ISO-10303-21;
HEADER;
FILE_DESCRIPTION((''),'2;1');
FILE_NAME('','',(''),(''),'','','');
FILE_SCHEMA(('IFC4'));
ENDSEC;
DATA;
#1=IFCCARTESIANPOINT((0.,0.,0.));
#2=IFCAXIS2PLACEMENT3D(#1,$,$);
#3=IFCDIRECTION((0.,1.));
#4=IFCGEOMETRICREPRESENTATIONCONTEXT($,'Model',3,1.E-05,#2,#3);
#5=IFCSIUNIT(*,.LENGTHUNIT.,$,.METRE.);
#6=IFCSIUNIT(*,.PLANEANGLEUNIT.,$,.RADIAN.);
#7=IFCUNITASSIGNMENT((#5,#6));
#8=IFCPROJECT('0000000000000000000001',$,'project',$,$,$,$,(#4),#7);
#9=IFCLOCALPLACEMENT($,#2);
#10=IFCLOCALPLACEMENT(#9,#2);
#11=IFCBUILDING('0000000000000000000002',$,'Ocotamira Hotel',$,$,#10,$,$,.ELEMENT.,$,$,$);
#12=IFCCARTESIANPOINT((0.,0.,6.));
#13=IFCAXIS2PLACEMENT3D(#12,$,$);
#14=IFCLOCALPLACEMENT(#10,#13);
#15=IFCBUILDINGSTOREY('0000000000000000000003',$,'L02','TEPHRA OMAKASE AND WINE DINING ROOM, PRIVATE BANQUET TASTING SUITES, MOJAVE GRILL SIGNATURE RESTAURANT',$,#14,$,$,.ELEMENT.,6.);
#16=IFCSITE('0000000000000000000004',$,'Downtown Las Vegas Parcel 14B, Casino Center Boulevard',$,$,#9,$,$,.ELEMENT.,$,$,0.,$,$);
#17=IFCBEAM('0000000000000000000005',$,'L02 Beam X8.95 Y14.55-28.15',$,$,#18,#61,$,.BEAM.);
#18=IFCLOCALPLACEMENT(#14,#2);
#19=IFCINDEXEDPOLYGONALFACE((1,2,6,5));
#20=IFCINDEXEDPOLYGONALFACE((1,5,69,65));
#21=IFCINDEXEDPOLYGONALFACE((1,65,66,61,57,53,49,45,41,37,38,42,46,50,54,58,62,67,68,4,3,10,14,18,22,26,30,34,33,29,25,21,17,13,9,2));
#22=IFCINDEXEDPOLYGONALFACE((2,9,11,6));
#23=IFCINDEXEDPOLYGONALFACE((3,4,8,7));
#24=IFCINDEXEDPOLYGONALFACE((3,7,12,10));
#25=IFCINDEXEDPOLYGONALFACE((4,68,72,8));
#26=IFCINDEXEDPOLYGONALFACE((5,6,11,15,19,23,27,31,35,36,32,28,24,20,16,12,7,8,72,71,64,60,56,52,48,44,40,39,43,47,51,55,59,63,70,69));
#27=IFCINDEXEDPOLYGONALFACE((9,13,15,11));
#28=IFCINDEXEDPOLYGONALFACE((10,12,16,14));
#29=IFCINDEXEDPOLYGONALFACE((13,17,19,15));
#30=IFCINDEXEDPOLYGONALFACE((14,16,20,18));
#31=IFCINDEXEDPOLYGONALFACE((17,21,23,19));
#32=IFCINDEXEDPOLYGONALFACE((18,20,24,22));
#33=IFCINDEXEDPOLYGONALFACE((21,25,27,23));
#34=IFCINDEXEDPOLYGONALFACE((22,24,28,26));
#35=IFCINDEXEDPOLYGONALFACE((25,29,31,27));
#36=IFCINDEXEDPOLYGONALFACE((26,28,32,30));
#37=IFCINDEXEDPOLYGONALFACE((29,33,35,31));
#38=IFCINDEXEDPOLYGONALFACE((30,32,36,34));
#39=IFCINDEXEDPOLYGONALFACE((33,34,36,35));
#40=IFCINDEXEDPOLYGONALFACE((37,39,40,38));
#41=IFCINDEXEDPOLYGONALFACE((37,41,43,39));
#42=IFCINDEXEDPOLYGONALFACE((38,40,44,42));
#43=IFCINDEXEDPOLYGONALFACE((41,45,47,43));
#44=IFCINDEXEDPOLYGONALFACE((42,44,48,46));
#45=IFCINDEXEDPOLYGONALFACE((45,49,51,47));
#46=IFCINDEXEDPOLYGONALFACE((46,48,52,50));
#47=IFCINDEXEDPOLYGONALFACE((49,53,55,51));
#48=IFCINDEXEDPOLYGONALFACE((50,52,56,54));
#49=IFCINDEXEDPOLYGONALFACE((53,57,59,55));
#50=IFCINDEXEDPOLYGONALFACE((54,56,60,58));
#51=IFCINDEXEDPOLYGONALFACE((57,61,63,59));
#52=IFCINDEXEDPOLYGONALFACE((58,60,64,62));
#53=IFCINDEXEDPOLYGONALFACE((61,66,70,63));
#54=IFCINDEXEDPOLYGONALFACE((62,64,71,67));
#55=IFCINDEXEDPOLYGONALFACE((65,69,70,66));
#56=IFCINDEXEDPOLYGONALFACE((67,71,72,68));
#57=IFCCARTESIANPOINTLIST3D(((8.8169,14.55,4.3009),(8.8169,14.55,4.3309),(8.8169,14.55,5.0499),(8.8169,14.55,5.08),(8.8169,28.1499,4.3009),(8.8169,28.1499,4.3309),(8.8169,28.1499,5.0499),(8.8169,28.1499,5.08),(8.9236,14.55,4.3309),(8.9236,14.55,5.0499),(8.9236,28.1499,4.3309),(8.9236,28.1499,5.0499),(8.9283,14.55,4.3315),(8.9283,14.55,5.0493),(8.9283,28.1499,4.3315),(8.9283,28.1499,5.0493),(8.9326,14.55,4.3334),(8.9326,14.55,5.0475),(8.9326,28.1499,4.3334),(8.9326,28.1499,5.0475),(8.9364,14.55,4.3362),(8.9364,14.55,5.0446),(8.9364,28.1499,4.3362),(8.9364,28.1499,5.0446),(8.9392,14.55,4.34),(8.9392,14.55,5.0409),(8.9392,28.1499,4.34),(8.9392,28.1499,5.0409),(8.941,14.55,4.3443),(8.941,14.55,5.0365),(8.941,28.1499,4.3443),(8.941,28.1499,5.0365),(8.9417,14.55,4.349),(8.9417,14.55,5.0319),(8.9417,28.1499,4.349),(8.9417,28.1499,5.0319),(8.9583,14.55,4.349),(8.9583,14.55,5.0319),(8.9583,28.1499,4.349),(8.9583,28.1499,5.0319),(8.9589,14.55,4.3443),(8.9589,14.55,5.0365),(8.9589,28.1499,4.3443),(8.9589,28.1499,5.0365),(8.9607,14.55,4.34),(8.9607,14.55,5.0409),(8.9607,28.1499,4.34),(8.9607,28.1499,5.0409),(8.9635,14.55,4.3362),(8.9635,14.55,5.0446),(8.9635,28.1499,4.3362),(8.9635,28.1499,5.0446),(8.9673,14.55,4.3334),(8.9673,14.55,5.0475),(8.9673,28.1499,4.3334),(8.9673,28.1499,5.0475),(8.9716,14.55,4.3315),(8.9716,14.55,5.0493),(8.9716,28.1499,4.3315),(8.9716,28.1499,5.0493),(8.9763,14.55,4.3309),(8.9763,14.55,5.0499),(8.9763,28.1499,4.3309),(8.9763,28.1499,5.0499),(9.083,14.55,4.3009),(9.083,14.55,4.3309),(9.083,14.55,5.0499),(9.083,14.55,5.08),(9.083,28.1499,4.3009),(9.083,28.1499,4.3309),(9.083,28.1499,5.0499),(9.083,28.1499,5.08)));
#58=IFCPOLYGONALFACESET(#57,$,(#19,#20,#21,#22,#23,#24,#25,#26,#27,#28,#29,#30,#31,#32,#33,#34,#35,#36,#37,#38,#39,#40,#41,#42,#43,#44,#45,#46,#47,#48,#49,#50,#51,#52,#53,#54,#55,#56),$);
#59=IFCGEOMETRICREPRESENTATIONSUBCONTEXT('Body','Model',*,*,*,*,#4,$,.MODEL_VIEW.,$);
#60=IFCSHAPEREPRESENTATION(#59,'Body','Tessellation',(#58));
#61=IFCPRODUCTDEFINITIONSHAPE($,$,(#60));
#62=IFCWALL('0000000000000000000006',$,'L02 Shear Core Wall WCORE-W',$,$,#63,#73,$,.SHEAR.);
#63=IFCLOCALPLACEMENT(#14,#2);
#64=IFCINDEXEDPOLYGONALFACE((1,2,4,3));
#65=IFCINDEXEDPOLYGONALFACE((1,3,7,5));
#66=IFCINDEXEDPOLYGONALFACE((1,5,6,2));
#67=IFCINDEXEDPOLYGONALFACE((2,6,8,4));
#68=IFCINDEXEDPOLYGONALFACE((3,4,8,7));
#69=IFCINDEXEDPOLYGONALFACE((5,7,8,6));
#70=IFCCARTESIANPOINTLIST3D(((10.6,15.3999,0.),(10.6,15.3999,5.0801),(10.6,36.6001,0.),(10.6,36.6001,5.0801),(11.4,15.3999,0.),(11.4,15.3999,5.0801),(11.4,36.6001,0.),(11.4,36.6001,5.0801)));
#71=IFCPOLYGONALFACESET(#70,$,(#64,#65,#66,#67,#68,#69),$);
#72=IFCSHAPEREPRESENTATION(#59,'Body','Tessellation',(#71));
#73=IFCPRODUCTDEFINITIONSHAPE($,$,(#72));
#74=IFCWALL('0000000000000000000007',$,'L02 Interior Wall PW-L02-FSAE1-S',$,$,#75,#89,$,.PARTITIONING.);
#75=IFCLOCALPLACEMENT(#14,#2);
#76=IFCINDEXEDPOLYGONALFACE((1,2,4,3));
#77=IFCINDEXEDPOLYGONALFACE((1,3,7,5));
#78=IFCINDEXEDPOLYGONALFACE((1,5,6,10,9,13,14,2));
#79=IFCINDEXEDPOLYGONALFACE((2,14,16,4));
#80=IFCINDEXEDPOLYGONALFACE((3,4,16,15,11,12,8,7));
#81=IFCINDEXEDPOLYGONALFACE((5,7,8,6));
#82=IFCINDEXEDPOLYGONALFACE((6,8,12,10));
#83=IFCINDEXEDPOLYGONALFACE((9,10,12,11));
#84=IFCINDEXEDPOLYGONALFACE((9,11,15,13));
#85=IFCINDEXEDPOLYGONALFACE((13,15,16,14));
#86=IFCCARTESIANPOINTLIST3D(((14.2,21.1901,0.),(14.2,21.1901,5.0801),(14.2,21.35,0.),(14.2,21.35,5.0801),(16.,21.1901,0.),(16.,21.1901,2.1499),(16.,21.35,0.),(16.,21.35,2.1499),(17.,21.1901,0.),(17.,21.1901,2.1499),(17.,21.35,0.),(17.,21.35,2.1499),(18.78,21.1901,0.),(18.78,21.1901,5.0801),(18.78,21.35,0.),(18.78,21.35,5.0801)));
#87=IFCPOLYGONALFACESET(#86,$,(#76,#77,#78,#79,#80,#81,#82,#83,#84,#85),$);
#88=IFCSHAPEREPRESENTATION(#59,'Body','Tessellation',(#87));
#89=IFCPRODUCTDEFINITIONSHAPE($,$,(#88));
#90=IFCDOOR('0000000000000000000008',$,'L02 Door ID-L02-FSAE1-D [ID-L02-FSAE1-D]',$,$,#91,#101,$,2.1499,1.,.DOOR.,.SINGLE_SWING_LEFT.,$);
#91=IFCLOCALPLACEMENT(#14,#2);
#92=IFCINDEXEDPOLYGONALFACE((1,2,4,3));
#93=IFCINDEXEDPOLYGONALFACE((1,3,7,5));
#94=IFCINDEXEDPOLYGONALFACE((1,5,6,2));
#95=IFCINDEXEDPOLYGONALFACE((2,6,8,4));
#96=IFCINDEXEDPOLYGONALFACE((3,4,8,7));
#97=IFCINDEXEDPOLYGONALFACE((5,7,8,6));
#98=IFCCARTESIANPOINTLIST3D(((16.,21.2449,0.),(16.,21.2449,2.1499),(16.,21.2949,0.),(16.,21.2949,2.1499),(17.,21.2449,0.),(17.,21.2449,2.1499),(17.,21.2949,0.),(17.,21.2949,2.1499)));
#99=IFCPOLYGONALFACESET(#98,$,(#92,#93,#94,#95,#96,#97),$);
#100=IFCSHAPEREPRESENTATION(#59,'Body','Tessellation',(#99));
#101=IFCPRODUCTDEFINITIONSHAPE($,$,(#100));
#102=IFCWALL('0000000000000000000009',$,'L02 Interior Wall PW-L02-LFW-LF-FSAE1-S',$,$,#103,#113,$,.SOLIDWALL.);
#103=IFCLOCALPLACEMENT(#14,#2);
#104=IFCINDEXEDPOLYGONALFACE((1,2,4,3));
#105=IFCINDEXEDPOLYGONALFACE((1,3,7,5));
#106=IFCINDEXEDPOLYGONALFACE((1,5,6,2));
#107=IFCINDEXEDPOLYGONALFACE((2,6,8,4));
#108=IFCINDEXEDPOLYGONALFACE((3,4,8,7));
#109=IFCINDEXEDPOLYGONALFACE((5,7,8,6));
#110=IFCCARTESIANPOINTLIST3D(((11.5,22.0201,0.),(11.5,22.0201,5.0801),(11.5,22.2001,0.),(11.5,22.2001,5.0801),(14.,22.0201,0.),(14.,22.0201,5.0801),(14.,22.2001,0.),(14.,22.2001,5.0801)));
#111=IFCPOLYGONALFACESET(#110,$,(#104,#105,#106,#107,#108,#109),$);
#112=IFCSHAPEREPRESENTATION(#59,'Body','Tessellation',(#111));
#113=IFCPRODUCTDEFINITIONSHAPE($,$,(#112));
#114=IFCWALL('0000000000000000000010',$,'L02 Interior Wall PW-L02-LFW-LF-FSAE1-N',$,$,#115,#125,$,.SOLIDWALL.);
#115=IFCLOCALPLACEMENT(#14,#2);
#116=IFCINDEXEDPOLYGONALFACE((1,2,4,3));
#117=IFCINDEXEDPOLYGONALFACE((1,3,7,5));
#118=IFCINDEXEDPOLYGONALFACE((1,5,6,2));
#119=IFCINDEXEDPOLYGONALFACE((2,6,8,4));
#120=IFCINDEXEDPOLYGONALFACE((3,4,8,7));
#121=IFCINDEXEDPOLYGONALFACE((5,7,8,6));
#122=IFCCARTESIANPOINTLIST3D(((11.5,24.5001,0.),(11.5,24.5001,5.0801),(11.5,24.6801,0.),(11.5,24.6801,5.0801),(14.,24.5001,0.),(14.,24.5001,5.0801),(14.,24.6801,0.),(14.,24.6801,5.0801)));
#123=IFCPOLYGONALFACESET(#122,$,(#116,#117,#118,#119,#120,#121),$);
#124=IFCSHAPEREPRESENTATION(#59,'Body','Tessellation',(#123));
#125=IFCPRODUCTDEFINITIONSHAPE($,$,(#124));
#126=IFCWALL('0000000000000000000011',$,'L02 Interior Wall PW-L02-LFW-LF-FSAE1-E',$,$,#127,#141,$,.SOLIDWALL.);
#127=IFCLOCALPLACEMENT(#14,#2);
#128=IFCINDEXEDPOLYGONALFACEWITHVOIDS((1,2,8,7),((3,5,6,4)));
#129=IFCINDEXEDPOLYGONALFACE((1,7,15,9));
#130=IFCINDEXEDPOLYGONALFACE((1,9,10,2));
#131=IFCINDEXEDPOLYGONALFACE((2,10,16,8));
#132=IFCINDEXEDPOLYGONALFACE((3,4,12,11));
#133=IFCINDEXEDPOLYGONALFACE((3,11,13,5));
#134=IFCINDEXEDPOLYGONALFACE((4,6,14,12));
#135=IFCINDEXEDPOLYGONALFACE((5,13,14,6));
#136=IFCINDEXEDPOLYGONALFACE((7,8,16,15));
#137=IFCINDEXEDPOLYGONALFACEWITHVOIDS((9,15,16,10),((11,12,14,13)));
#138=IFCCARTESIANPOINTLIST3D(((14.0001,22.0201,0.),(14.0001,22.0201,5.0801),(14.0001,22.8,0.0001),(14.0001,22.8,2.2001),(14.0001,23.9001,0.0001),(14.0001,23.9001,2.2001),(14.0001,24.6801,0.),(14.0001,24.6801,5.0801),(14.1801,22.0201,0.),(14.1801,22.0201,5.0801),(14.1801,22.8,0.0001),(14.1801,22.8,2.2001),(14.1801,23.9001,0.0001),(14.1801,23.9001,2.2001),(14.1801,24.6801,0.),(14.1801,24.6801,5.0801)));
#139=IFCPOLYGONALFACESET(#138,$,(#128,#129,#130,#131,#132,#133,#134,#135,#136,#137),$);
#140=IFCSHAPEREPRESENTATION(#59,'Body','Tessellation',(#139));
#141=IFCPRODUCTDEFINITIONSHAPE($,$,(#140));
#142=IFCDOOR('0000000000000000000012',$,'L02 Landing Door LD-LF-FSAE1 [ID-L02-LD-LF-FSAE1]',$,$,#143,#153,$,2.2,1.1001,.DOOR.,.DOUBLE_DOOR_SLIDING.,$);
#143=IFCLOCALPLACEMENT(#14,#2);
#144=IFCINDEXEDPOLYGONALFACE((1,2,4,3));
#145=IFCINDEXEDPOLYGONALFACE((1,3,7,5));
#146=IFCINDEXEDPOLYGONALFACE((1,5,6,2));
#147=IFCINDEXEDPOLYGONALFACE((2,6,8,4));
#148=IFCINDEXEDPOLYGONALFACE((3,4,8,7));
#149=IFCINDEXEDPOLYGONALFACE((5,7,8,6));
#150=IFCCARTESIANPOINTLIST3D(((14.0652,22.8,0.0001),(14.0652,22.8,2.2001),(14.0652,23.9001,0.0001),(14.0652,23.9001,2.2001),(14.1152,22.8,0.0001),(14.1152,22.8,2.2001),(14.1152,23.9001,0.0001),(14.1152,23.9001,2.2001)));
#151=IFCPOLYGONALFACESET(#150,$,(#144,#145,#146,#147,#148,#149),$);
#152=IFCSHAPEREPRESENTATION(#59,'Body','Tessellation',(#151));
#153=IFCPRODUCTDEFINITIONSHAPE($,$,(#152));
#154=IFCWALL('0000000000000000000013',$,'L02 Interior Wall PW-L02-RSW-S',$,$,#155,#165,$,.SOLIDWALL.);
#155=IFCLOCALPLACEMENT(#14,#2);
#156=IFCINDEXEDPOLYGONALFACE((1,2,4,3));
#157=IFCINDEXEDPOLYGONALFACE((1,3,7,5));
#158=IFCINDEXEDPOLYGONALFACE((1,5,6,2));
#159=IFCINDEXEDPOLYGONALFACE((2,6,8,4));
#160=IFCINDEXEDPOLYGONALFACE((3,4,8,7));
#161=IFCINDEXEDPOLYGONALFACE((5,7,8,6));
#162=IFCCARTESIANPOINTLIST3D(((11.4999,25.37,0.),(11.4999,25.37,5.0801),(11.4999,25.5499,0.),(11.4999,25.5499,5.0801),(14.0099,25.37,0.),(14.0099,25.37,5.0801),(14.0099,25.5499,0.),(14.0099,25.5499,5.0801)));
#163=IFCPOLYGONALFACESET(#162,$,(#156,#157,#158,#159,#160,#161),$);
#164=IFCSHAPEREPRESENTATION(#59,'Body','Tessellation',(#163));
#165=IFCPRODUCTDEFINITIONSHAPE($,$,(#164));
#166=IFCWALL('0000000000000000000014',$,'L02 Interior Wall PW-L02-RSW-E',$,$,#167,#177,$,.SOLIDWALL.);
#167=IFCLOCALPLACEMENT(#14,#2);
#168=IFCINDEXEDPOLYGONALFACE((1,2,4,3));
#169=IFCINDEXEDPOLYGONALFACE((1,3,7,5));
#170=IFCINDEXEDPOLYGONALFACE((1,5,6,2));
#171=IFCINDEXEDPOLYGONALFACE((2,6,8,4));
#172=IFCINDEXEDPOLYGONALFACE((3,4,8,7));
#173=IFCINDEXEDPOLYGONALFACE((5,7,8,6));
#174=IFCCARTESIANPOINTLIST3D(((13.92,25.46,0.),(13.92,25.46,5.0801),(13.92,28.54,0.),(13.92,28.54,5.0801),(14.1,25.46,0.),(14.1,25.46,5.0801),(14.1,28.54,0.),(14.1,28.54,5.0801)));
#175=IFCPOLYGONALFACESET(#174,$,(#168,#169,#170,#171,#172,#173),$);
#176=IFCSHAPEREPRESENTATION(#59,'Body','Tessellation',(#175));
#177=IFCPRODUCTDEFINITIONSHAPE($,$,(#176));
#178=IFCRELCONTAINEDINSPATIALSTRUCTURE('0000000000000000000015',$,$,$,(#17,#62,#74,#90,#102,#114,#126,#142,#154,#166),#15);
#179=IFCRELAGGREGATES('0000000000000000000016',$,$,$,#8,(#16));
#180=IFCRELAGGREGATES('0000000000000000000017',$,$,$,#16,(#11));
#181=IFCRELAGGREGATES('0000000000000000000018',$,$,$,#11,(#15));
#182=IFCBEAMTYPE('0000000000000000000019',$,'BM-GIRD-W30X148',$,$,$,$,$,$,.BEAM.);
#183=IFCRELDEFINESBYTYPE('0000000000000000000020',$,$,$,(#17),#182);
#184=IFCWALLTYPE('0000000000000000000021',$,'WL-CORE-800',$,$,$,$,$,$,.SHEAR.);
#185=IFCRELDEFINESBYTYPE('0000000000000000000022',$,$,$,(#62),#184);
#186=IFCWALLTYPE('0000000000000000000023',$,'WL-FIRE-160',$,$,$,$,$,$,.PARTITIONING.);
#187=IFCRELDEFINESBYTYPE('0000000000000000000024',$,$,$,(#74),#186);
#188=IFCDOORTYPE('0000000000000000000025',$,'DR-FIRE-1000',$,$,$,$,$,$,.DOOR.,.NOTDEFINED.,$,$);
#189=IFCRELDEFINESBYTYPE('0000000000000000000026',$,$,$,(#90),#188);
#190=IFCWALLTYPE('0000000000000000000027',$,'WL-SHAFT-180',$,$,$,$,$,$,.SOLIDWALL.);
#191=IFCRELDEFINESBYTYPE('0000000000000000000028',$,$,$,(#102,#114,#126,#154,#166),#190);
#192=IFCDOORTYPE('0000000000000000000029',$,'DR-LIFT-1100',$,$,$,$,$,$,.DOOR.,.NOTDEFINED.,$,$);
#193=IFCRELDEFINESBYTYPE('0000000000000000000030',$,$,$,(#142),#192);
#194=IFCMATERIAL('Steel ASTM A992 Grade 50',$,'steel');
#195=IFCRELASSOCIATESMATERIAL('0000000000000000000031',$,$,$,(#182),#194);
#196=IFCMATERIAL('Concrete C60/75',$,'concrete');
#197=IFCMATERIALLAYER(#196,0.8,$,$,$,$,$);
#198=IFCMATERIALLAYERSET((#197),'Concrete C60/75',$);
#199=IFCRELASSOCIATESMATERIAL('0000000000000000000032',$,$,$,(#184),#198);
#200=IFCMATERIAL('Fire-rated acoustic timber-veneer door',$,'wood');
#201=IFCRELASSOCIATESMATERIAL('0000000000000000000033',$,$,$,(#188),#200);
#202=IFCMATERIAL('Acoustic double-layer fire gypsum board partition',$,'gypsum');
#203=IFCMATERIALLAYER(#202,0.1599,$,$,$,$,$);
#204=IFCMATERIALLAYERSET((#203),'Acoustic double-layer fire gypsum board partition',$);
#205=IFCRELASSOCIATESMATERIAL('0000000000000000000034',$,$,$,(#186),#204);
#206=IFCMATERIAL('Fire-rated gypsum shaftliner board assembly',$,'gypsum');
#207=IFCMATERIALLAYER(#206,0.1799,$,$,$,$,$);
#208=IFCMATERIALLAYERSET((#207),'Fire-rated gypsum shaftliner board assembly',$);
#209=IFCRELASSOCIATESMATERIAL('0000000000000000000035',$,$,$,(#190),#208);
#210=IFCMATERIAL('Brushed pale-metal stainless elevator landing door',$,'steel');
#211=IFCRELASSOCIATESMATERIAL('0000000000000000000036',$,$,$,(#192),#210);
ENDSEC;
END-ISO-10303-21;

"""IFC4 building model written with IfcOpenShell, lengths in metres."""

from ifc_helpers import new_model, si_unit, direction, frame, frame_2d, origin, origin_2d, place, context, subcontext, project, spatial, rectangle, i_section, extrude, source, transform, mapped, material, layer, layer_set, material_profile, profile_set, type_object, element, fill, save


model = new_model("IFC4")

# Units and contexts
model_context = context("Model", 3, precision=1e-05, world=origin(), true_north=direction((0.0, 1.0)))
body_context = subcontext(model_context, "Body", "Model", "MODEL_VIEW")
ifc_project = project(units=[si_unit("LENGTHUNIT", "METRE"), si_unit("PLANEANGLEUNIT", "RADIAN")], contexts=[model_context])

# Site, building, storey
site_placement = place(None, origin())
site = spatial("IfcSite", under=ifc_project, at=site_placement, Name="Downtown Las Vegas Parcel 14B, Casino Center Boulevard", CompositionType="ELEMENT", RefElevation=0.0)
building_placement = place(site_placement, origin())
building = spatial("IfcBuilding", under=site, at=building_placement, Name="Ocotamira Hotel", CompositionType="ELEMENT")
storey_placement = place(building_placement, frame((0.0, 0.0, 6.0)))
storey = spatial("IfcBuildingStorey", under=building, at=storey_placement, Name="L02", Description="TEPHRA OMAKASE AND WINE DINING ROOM, PRIVATE BANQUET TASTING SUITES, MOJAVE GRILL SIGNATURE RESTAURANT", CompositionType="ELEMENT", Elevation=6.0)

# Shared definitions
ifc_material_1 = material(Name="Concrete C60/75", Category="concrete")

# Beam
ifc_material_2 = material(Name="Steel ASTM A992 Grade 50", Category="steel")
ifc_material_profile_1 = material_profile(ifc_material_2, i_section(OverallWidth=0.2661, OverallDepth=0.7791, WebThickness=0.0166, FlangeThickness=0.03, FilletRadius=0.0181, at=origin_2d()), Name="W30X148")
ifc_profile_set_1 = profile_set([ifc_material_profile_1], Name="Steel ASTM A992 Grade 50")
beam_type_1 = type_object("IfcBeamType", Name="BM-GIRD-W30X148", PredefinedType="BEAM", material=ifc_profile_set_1)
shared_shape_1 = source(origin(), body_context, "Body", "SweptSolid", [
    extrude(i_section(OverallWidth=0.2661, OverallDepth=0.7791, WebThickness=0.0166, FlangeThickness=0.03, FilletRadius=0.0181, at=origin_2d()), origin(), (0.0, 0.0, 1.0), 13.5999),
])
beam_1_placement = place(storey_placement, frame((8.95, 14.55, 4.6904), z_axis=(0.0, 1.0, 0.0), x_axis=(-1.0, 0.0, 0.0)))
element("IfcBeam", 1, at=beam_1_placement, inside=storey, type_object=beam_type_1, Name="L02 Beam X8.95 Y14.55-28.15", PredefinedType="BEAM", context=body_context, shape_type="MappedRepresentation", body=[
    mapped(shared_shape_1, transform((0.0, 0.0, 0.0), scale=1.0)),
])

# Shared definitions
ifc_layer_1 = layer(ifc_material_1, 0.8)
ifc_layer_set_1 = layer_set([ifc_layer_1], Name="Concrete C60/75")
wall_type_1 = type_object("IfcWallType", Name="WL-CORE-800", PredefinedType="SHEAR", material=ifc_layer_set_1)
ifc_material_3 = material(Name="Fire-rated acoustic timber-veneer door", Category="wood")
door_type_1 = type_object("IfcDoorType", Name="DR-FIRE-1000", OperationType="NOTDEFINED", PredefinedType="DOOR", material=ifc_material_3)
shared_shape_2 = source(origin(), body_context, "Body", "SweptSolid", [
    extrude(rectangle(XDim=1.0, YDim=2.1499, at=frame_2d((0.5, 1.075))), frame((0.0, 0.0249, 0.0), z_axis=(0.0, -1.0, 0.0), x_axis=(1.0, 0.0, 0.0)), (0.0, 0.0, 1.0), 0.05),
])

# Wall
wall_1_placement = place(storey_placement, frame((11.0, 15.3999, 0.0), z_axis=(0.0, 0.0, 1.0), x_axis=(0.0, 1.0, 0.0)))
element("IfcWall", 2, at=wall_1_placement, inside=storey, type_object=wall_type_1, Name="L02 Shear Core Wall WCORE-W", PredefinedType="SHEAR", context=body_context, shape_type="SweptSolid", body=[
    extrude(rectangle(XDim=21.2002, YDim=0.8, at=frame_2d((10.6001, 0.0))), origin(), (0.0, 0.0, 1.0), 5.0801),
])

# Wall, opening, door
ifc_material_4 = material(Name="Acoustic double-layer fire gypsum board partition", Category="gypsum")
ifc_layer_2 = layer(ifc_material_4, 0.1599)
ifc_layer_set_2 = layer_set([ifc_layer_2], Name="Acoustic double-layer fire gypsum board partition")
wall_type_2 = type_object("IfcWallType", Name="WL-FIRE-160", PredefinedType="PARTITIONING", material=ifc_layer_set_2)
wall_2_placement = place(storey_placement, frame((14.2, 21.27, 0.0), z_axis=(0.0, 0.0, 1.0), x_axis=(1.0, 0.0, 0.0)))
wall_2 = element("IfcWall", 3, at=wall_2_placement, inside=storey, type_object=wall_type_2, Name="L02 Interior Wall PW-L02-FSAE1-S", PredefinedType="PARTITIONING", context=body_context, shape_type="SweptSolid", body=[
    extrude(rectangle(XDim=4.5801, YDim=0.1599, at=frame_2d((2.29, 0.0))), origin(), (0.0, 0.0, 1.0), 5.0801),
])
opening_1_placement = place(wall_2_placement, frame((1.8, 0.0, 0.0)))
opening_1 = element("IfcOpeningElement", 4, at=opening_1_placement, cuts=wall_2, PredefinedType="OPENING", context=body_context, shape_type="SweptSolid", body=[
    extrude(rectangle(XDim=1.0, YDim=2.1499, at=frame_2d((0.5, 1.075))), frame((0.0, 0.0898, 0.0), z_axis=(0.0, -1.0, 0.0), x_axis=(1.0, 0.0, 0.0)), (0.0, 0.0, 1.0), 0.1799),
])
door_1_placement = place(opening_1_placement, origin())
door_1 = element("IfcDoor", 5, at=door_1_placement, inside=storey, type_object=door_type_1, Name="L02 Door ID-L02-FSAE1-D [ID-L02-FSAE1-D]", OperationType="SINGLE_SWING_LEFT", OverallHeight=2.1499, OverallWidth=1.0, PredefinedType="DOOR", context=body_context, shape_type="MappedRepresentation", body=[
    mapped(shared_shape_2, transform((0.0, 0.0, 0.0), scale=1.0)),
])
fill(opening_1, door_1)

# Walls
ifc_material_5 = material(Name="Fire-rated gypsum shaftliner board assembly", Category="gypsum")
ifc_layer_3 = layer(ifc_material_5, 0.1799)
ifc_layer_set_3 = layer_set([ifc_layer_3], Name="Fire-rated gypsum shaftliner board assembly")
wall_type_3 = type_object("IfcWallType", Name="WL-SHAFT-180", PredefinedType="SOLIDWALL", material=ifc_layer_set_3)
for number, where, z_axis, x_axis, name in (
    (6, (11.5, 22.1101, 0.0), (0.0, 0.0, 1.0), (1.0, 0.0, 0.0), "L02 Interior Wall PW-L02-LFW-LF-FSAE1-S"),
    (7, (11.5, 24.5901, 0.0), (0.0, 0.0, 1.0), (1.0, 0.0, 0.0), "L02 Interior Wall PW-L02-LFW-LF-FSAE1-N"),
):
    element("IfcWall", number, at=place(storey_placement, frame(where, z_axis=z_axis, x_axis=x_axis)), inside=storey, type_object=wall_type_3, Name=name, PredefinedType="SOLIDWALL", context=body_context, shape_type="SweptSolid", body=[
        extrude(rectangle(XDim=2.5, YDim=0.1799, at=frame_2d((1.25, 0.0))), origin(), (0.0, 0.0, 1.0), 5.0801),
    ])

# Wall, opening, door
wall_3_placement = place(storey_placement, frame((14.0901, 22.02, 0.0), z_axis=(0.0, 0.0, 1.0), x_axis=(0.0, 1.0, 0.0)))
wall_3 = element("IfcWall", 8, at=wall_3_placement, inside=storey, type_object=wall_type_3, Name="L02 Interior Wall PW-L02-LFW-LF-FSAE1-E", PredefinedType="SOLIDWALL", context=body_context, shape_type="SweptSolid", body=[
    extrude(rectangle(XDim=2.6599, YDim=0.1799, at=frame_2d((1.3301, 0.0))), origin(), (0.0, 0.0, 1.0), 5.0801),
])
opening_2_placement = place(wall_3_placement, frame((0.78, 0.0, 0.0)))
opening_2 = element("IfcOpeningElement", 9, at=opening_2_placement, cuts=wall_3, PredefinedType="OPENING", context=body_context, shape_type="SweptSolid", body=[
    extrude(rectangle(XDim=1.1001, YDim=2.2, at=frame_2d((0.55, 1.1001))), frame((0.0, 0.1001, 0.0), z_axis=(0.0, -1.0, 0.0), x_axis=(1.0, 0.0, 0.0)), (0.0, 0.0, 1.0), 0.2),
])
ifc_material_6 = material(Name="Brushed pale-metal stainless elevator landing door", Category="steel")
door_type_2 = type_object("IfcDoorType", Name="DR-LIFT-1100", OperationType="NOTDEFINED", PredefinedType="DOOR", material=ifc_material_6)
shared_shape_3 = source(origin(), body_context, "Body", "SweptSolid", [
    extrude(rectangle(XDim=1.1001, YDim=2.2, at=frame_2d((0.55, 1.1001))), frame((0.0, 0.0249, 0.0), z_axis=(0.0, -1.0, 0.0), x_axis=(1.0, 0.0, 0.0)), (0.0, 0.0, 1.0), 0.05),
])
door_2_placement = place(opening_2_placement, origin())
door_2 = element("IfcDoor", 10, at=door_2_placement, inside=storey, type_object=door_type_2, Name="L02 Landing Door LD-LF-FSAE1 [ID-L02-LD-LF-FSAE1]", OperationType="DOUBLE_DOOR_SLIDING", OverallHeight=2.2, OverallWidth=1.1001, PredefinedType="DOOR", context=body_context, shape_type="MappedRepresentation", body=[
    mapped(shared_shape_3, transform((0.0, 0.0, 0.0), scale=1.0)),
])
fill(opening_2, door_2)

# Walls
wall_4_placement = place(storey_placement, frame((11.5, 25.46, 0.0), z_axis=(0.0, 0.0, 1.0), x_axis=(1.0, 0.0, 0.0)))
element("IfcWall", 11, at=wall_4_placement, inside=storey, type_object=wall_type_3, Name="L02 Interior Wall PW-L02-RSW-S", PredefinedType="SOLIDWALL", context=body_context, shape_type="SweptSolid", body=[
    extrude(rectangle(XDim=2.51, YDim=0.1799, at=frame_2d((1.2549, 0.0))), origin(), (0.0, 0.0, 1.0), 5.0801),
])
wall_5_placement = place(storey_placement, frame((14.01, 25.46, 0.0), z_axis=(0.0, 0.0, 1.0), x_axis=(0.0, 1.0, 0.0)))
element("IfcWall", 12, at=wall_5_placement, inside=storey, type_object=wall_type_3, Name="L02 Interior Wall PW-L02-RSW-E", PredefinedType="SOLIDWALL", context=body_context, shape_type="SweptSolid", body=[
    extrude(rectangle(XDim=3.0801, YDim=0.1799, at=frame_2d((1.54, 0.0))), origin(), (0.0, 0.0, 1.0), 5.0801),
])

save(model, "model.ifc")
